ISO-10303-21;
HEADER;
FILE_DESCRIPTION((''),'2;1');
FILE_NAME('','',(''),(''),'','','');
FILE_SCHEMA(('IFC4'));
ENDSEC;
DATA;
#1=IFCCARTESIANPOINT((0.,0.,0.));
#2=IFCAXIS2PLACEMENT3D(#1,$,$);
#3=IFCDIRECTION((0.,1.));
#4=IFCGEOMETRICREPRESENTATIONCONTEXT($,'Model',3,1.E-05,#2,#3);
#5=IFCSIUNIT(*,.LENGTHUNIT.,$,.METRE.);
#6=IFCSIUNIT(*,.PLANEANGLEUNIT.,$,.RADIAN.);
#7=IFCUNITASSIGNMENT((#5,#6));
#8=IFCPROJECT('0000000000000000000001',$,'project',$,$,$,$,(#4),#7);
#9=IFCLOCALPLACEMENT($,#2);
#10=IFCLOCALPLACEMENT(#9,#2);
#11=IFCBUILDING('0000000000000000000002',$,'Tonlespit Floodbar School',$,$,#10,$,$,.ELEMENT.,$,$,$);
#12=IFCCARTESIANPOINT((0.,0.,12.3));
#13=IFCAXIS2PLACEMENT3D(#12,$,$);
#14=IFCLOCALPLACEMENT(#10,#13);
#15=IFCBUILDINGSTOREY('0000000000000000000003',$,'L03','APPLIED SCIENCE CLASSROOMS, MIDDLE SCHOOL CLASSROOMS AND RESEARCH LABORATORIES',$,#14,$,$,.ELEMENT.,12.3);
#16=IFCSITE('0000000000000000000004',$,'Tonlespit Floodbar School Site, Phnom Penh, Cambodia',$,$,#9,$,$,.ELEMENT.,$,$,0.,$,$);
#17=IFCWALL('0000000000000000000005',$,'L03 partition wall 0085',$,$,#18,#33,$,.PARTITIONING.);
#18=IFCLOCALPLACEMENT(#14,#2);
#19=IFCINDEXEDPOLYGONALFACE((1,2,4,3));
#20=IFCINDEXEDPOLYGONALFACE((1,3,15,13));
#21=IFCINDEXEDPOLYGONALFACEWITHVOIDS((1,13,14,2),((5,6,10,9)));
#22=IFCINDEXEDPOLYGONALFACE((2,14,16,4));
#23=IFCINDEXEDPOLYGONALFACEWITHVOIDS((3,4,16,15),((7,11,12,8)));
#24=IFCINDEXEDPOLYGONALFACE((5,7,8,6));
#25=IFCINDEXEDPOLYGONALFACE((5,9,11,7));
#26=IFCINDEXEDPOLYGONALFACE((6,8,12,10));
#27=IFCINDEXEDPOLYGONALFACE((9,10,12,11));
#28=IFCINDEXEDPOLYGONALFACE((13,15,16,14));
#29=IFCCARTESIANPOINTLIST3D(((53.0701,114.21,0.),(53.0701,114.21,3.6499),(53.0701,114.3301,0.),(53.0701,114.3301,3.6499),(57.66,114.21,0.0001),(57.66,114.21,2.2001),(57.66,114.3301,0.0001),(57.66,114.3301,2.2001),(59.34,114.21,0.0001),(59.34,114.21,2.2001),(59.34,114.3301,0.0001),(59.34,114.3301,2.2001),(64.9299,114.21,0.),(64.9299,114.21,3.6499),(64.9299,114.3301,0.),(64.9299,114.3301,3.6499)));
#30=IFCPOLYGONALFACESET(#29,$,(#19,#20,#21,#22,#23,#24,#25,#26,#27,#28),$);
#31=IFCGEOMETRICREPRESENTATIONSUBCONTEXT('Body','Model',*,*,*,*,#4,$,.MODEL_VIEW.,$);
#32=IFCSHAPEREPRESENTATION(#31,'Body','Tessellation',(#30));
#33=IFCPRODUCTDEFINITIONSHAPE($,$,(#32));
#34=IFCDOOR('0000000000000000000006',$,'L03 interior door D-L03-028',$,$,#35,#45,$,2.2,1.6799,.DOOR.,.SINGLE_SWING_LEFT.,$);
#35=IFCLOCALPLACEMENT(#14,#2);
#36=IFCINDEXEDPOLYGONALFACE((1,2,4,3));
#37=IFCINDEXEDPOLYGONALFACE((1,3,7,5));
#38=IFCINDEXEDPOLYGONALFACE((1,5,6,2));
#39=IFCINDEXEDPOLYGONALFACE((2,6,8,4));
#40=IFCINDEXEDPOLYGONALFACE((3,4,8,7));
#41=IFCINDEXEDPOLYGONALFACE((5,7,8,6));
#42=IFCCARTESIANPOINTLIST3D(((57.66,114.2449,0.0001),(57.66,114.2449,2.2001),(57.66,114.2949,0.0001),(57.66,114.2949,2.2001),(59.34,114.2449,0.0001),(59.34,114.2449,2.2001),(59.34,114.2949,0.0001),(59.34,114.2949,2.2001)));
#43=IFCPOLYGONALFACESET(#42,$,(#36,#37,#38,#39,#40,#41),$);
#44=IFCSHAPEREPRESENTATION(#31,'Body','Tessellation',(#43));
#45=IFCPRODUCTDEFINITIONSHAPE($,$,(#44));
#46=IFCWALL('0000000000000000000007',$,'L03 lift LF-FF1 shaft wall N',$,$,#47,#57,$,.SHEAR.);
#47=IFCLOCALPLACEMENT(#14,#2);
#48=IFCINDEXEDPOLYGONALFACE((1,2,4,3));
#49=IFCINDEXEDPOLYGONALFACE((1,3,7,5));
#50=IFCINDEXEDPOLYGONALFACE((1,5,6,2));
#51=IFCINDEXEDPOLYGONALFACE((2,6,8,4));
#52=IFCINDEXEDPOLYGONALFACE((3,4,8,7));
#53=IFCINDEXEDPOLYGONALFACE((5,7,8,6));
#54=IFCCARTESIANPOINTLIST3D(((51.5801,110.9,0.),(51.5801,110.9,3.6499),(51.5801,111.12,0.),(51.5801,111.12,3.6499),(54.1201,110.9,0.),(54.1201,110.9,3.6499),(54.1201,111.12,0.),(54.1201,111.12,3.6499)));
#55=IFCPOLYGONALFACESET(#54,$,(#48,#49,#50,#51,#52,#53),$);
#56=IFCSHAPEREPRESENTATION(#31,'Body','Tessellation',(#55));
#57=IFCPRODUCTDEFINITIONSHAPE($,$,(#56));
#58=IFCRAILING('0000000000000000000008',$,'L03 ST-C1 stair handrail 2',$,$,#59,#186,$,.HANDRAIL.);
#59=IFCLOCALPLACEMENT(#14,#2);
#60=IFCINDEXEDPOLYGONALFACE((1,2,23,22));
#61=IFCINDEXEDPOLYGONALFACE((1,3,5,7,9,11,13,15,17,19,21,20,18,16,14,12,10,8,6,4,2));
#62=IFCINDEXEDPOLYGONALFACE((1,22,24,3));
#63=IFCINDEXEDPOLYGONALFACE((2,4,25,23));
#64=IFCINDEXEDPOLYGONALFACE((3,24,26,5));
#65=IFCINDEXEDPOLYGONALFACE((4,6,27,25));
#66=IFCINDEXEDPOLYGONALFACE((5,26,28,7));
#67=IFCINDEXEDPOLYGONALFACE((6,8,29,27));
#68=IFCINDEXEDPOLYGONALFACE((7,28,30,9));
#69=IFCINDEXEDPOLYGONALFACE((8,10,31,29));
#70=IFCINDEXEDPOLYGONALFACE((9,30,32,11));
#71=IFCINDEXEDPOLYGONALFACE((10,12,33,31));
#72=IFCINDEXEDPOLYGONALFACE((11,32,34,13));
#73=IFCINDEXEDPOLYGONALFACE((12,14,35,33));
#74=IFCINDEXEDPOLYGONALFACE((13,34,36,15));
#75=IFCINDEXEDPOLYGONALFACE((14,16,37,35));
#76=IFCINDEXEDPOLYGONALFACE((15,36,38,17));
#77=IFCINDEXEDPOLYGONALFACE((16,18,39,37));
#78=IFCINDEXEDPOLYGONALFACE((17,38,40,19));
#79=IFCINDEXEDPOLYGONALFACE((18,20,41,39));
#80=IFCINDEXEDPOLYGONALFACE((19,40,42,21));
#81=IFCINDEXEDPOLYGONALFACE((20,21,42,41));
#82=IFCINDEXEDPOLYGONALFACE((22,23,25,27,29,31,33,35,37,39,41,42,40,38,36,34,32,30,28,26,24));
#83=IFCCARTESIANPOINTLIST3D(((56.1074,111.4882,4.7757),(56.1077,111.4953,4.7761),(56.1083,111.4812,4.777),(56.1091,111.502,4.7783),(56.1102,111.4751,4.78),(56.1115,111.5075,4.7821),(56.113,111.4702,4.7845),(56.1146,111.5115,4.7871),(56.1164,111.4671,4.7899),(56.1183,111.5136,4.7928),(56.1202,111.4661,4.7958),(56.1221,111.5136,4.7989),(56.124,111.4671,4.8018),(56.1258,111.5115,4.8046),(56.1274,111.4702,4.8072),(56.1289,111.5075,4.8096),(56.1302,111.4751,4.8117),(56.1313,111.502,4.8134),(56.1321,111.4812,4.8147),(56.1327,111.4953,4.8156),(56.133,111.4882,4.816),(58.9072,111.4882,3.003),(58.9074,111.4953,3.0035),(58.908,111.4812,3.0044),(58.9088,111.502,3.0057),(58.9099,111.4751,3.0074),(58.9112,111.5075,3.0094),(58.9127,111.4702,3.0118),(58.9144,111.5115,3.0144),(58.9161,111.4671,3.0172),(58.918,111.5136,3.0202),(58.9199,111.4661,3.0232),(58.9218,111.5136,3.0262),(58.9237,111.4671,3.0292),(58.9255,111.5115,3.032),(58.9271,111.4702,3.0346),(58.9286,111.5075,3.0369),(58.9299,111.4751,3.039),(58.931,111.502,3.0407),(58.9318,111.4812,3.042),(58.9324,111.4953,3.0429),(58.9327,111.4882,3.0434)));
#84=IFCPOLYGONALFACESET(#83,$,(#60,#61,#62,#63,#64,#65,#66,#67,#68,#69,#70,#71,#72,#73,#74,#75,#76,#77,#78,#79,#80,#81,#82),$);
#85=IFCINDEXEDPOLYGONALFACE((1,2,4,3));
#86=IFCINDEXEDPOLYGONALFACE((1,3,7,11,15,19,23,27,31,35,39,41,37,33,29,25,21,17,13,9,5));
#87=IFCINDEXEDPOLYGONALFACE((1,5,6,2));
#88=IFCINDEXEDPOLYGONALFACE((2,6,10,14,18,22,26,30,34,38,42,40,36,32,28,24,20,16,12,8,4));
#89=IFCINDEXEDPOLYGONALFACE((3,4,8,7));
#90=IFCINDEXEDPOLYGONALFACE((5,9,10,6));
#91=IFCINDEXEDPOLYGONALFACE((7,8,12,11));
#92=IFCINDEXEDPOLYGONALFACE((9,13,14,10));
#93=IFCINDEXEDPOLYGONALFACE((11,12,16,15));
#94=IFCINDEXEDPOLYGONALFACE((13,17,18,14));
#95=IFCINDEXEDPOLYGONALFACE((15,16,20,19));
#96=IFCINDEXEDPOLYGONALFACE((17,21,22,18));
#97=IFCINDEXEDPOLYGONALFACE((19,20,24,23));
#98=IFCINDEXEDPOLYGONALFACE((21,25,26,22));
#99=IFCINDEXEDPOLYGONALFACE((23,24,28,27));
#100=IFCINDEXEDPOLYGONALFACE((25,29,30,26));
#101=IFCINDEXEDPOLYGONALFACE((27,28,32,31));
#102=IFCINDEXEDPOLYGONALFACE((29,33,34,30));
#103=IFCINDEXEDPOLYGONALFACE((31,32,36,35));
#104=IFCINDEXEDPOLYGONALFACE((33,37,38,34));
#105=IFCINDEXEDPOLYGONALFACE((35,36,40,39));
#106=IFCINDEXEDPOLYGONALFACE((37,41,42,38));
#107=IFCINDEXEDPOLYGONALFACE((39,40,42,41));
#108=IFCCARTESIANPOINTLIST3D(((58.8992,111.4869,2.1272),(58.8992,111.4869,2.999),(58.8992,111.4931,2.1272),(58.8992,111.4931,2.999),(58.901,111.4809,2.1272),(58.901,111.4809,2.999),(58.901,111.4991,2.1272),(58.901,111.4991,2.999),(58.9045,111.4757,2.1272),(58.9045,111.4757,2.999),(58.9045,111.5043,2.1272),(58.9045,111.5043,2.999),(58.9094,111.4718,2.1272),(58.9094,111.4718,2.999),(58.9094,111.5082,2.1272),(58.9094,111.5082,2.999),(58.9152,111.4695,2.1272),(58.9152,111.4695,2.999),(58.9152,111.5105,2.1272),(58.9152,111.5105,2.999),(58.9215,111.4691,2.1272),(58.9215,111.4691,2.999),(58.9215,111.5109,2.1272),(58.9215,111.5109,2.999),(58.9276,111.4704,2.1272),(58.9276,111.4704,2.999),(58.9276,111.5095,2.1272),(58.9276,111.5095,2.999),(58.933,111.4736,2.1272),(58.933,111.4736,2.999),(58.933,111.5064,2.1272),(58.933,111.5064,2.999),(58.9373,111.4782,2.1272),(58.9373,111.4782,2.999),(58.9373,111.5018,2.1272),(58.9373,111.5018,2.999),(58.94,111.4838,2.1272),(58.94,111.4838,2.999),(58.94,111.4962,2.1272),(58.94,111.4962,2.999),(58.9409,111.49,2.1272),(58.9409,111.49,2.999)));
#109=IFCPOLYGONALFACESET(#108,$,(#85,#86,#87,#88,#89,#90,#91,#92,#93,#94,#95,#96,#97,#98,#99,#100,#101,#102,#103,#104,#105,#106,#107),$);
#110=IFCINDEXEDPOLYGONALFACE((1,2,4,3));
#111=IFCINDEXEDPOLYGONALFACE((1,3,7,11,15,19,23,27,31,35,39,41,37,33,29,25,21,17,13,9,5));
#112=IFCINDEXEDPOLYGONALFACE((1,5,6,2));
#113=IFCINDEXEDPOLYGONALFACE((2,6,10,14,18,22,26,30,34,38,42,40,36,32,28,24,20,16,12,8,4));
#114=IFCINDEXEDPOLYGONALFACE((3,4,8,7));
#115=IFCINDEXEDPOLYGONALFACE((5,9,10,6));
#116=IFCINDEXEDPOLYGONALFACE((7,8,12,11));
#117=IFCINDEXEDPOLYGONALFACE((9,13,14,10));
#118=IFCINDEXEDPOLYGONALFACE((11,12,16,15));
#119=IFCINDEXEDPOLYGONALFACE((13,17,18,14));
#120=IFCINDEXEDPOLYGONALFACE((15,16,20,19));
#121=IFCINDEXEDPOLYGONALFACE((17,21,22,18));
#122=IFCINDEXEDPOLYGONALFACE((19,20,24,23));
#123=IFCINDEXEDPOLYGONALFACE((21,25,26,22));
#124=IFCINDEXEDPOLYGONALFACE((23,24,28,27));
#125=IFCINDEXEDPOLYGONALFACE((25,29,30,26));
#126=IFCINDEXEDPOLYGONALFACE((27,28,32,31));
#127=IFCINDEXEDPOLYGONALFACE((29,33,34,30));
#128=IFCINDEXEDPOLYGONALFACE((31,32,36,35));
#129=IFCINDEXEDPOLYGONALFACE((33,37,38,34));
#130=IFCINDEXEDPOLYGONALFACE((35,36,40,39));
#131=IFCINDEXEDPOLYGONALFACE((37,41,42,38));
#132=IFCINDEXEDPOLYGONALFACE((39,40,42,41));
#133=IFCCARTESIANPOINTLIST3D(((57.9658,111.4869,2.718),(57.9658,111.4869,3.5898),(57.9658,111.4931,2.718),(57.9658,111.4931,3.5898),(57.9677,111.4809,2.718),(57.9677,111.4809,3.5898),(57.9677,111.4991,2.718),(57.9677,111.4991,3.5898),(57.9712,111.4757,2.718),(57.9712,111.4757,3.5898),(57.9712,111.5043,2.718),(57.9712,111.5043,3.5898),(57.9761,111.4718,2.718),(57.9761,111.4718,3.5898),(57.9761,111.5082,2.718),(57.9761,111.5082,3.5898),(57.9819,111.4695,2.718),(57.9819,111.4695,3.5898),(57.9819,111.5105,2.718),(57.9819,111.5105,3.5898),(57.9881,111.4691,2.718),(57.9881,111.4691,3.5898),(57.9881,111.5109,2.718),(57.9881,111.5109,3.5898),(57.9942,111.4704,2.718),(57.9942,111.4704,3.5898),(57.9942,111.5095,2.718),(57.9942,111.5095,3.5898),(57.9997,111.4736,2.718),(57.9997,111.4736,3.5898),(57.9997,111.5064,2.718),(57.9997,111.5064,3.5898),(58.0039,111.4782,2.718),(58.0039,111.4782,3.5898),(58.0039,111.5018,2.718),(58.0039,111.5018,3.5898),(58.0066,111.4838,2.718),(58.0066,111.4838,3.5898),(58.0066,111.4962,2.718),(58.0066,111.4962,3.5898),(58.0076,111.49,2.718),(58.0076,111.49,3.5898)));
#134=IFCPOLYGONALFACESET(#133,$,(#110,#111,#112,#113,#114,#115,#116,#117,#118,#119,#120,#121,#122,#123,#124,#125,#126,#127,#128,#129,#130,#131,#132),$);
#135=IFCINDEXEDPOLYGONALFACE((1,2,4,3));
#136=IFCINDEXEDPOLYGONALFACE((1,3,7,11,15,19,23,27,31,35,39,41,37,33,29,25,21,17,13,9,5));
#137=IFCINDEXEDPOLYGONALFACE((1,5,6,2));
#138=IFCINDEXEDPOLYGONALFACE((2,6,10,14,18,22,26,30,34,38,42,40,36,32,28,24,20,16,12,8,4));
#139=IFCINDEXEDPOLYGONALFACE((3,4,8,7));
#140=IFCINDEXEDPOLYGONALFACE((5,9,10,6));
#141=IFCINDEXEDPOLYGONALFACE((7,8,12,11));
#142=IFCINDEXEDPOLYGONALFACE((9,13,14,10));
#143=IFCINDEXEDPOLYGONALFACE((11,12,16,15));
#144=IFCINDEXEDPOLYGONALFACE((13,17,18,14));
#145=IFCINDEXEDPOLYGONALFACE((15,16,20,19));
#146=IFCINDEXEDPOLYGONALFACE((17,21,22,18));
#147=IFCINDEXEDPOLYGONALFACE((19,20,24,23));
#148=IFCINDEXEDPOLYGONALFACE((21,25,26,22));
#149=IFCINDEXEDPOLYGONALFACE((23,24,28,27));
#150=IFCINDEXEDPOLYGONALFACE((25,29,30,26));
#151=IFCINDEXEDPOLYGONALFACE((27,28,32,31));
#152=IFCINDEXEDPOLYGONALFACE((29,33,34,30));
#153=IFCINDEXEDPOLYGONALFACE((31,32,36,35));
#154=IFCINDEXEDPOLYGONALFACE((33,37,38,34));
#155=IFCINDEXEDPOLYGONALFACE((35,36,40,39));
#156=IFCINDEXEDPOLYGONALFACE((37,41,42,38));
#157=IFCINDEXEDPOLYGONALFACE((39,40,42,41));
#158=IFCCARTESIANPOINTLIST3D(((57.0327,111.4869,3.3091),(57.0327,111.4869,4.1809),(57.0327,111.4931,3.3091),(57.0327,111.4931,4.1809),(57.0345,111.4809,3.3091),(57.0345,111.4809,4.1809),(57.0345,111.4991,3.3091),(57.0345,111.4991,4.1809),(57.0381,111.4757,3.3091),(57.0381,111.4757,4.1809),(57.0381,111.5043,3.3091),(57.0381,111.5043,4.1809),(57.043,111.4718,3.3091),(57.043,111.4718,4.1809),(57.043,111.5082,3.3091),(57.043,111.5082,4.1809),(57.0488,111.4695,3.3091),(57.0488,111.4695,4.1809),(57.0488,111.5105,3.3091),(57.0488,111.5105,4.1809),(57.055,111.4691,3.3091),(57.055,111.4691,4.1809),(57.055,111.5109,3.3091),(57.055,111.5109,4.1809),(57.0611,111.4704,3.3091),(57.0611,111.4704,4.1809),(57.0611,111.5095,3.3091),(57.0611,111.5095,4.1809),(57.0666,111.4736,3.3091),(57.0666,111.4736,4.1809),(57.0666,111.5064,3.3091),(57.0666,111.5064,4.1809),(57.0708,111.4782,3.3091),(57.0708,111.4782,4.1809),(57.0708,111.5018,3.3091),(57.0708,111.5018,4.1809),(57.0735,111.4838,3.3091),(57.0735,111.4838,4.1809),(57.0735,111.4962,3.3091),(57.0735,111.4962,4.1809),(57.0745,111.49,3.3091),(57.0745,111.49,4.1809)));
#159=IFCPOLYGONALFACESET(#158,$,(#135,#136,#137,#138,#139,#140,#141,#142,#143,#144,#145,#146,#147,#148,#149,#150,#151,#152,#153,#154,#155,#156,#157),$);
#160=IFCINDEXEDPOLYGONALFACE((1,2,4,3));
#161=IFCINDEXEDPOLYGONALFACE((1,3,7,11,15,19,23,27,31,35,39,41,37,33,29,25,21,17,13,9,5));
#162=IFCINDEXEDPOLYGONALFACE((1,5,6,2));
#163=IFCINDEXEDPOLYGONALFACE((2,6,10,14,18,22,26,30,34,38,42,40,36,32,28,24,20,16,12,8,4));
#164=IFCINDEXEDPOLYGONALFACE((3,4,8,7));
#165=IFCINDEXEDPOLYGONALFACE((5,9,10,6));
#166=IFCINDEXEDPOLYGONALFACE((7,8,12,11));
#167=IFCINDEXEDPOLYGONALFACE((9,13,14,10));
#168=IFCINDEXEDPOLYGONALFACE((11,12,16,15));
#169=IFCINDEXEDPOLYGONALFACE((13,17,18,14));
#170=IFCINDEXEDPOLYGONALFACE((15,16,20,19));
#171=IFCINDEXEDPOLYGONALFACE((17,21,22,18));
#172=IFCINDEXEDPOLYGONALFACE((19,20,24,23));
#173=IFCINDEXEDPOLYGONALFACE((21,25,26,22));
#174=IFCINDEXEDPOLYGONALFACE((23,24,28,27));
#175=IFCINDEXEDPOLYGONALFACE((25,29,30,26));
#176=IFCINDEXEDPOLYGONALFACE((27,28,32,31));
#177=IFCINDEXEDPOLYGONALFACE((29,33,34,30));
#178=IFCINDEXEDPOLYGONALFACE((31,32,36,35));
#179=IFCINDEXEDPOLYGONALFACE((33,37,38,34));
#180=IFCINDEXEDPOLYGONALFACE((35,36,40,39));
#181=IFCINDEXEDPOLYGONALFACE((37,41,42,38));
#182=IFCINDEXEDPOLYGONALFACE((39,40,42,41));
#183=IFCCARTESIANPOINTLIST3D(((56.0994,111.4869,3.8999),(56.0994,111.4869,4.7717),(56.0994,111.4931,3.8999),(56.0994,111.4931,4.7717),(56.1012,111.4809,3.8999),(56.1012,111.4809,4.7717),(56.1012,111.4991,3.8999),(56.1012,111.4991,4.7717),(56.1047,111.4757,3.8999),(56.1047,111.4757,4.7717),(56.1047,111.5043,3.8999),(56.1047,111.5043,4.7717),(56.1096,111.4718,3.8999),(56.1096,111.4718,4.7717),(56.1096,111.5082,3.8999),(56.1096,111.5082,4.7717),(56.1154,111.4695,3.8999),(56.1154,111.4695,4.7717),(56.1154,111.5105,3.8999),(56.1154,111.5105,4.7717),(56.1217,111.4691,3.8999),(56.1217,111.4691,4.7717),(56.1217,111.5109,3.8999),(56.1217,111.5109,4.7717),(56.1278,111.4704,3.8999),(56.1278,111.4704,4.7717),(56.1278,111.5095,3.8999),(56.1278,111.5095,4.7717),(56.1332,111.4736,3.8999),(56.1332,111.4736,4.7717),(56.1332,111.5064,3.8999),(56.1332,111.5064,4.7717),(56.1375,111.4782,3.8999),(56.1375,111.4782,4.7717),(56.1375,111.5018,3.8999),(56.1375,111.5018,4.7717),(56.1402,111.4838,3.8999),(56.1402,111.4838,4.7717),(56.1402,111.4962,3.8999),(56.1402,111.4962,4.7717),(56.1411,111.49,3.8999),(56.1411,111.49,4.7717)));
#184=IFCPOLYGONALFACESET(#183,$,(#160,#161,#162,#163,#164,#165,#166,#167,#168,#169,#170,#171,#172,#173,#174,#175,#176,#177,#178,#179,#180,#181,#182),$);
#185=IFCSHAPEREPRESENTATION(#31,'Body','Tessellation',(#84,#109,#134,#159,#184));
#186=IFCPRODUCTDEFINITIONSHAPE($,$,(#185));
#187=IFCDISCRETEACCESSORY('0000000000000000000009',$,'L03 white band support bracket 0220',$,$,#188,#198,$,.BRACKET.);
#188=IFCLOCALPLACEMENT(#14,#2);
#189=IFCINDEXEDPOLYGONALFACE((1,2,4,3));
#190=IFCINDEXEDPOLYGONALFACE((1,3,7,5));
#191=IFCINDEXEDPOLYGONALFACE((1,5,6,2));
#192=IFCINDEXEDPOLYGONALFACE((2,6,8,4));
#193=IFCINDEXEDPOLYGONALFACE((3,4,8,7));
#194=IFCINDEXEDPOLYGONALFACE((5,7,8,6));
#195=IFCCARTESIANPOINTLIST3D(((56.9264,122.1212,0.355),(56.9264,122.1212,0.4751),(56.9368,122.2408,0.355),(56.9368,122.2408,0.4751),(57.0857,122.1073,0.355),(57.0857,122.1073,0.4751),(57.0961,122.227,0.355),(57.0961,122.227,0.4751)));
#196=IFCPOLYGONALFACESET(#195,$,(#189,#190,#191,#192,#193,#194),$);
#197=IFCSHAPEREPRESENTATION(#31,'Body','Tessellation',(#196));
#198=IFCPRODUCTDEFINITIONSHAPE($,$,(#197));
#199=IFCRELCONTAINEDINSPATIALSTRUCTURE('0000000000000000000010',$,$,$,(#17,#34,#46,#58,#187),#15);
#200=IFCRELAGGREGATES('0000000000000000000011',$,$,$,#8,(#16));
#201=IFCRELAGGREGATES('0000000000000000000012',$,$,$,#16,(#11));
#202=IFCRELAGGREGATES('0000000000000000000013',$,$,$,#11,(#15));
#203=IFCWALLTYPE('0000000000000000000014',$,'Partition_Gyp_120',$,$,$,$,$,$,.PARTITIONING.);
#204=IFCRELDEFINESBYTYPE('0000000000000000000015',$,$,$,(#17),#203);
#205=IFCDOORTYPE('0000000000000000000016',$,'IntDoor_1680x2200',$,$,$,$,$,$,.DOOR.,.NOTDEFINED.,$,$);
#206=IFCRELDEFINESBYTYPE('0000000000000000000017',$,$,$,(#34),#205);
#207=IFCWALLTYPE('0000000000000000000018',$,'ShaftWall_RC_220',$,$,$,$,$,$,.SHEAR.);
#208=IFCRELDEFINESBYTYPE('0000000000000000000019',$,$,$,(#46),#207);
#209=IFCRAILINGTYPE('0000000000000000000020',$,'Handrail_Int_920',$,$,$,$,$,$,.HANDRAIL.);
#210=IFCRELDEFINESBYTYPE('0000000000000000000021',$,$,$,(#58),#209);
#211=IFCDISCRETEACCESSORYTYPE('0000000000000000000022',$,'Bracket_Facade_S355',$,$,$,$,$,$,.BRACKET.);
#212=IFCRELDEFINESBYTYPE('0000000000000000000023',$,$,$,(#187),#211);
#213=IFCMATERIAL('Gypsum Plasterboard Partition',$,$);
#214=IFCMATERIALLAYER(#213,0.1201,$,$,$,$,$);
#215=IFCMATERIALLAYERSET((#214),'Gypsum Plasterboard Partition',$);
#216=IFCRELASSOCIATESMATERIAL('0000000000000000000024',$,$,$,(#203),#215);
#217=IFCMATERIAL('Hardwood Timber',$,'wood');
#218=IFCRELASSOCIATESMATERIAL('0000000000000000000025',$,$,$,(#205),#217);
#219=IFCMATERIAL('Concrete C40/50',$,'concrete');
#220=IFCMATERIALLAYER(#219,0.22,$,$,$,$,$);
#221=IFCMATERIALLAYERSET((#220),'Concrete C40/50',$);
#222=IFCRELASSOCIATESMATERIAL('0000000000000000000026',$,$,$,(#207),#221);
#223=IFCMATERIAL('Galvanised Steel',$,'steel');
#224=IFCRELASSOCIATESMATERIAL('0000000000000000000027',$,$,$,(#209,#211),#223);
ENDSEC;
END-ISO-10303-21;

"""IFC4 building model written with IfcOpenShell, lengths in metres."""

from ifc_helpers import new_model, si_unit, direction, frame, frame_2d, origin, origin_2d, place, context, subcontext, project, spatial, rectangle, circle, extrude, material, layer, layer_set, type_object, element, fill, save


model = new_model("IFC4")

# Units and contexts
model_context = context("Model", 3, precision=1e-05, world=origin(), true_north=direction((0.0, 1.0)))
body_context = subcontext(model_context, "Body", "Model", "MODEL_VIEW")
ifc_project = project(units=[si_unit("LENGTHUNIT", "METRE"), si_unit("PLANEANGLEUNIT", "RADIAN")], contexts=[model_context])

# Site, building, storey
site_placement = place(None, origin())
site = spatial("IfcSite", under=ifc_project, at=site_placement, Name="Tonlespit Floodbar School Site, Phnom Penh, Cambodia", CompositionType="ELEMENT", RefElevation=0.0)
building_placement = place(site_placement, origin())
building = spatial("IfcBuilding", under=site, at=building_placement, Name="Tonlespit Floodbar School", CompositionType="ELEMENT")
storey_placement = place(building_placement, frame((0.0, 0.0, 12.3)))
storey = spatial("IfcBuildingStorey", under=building, at=storey_placement, Name="L03", Description="APPLIED SCIENCE CLASSROOMS, MIDDLE SCHOOL CLASSROOMS AND RESEARCH LABORATORIES", CompositionType="ELEMENT", Elevation=12.3)

# Shared definitions
ifc_material_1 = material(Name="Gypsum Plasterboard Partition")

# Wall, opening, door
ifc_layer_1 = layer(ifc_material_1, 0.1201)
ifc_layer_set_1 = layer_set([ifc_layer_1], Name="Gypsum Plasterboard Partition")
wall_type_1 = type_object("IfcWallType", Name="Partition_Gyp_120", PredefinedType="PARTITIONING", material=ifc_layer_set_1)
wall_1_placement = place(storey_placement, frame((53.0701, 114.27, 0.0), z_axis=(0.0, 0.0, 1.0), x_axis=(1.0, 0.0, 0.0)))
wall_1 = element("IfcWall", 1, at=wall_1_placement, inside=storey, type_object=wall_type_1, Name="L03 partition wall 0085", PredefinedType="PARTITIONING", context=body_context, shape_type="SweptSolid", body=[
    extrude(rectangle(XDim=11.8599, YDim=0.1201, at=frame_2d((5.9299, 0.0))), origin(), (0.0, 0.0, 1.0), 3.6499),
])
opening_placement = place(wall_1_placement, frame((4.5901, 0.0, 0.0)))
opening = element("IfcOpeningElement", 2, at=opening_placement, cuts=wall_1, PredefinedType="OPENING", context=body_context, shape_type="SweptSolid", body=[
    extrude(rectangle(XDim=1.6799, YDim=2.2, at=frame_2d((0.8398, 1.1001))), frame((0.0, 0.0701, 0.0), z_axis=(0.0, -1.0, 0.0), x_axis=(1.0, 0.0, 0.0)), (0.0, 0.0, 1.0), 0.1401),
])
ifc_material_2 = material(Name="Hardwood Timber", Category="wood")
door_type = type_object("IfcDoorType", Name="IntDoor_1680x2200", OperationType="NOTDEFINED", PredefinedType="DOOR", material=ifc_material_2)
door_placement = place(opening_placement, origin())
door = element("IfcDoor", 3, at=door_placement, inside=storey, type_object=door_type, Name="L03 interior door D-L03-028", OperationType="SINGLE_SWING_LEFT", OverallHeight=2.2, OverallWidth=1.6799, PredefinedType="DOOR", context=body_context, shape_type="SweptSolid", body=[
    extrude(rectangle(XDim=1.6799, YDim=2.2, at=frame_2d((0.8398, 1.1001))), frame((0.0, 0.0249, 0.0), z_axis=(0.0, -1.0, 0.0), x_axis=(1.0, 0.0, 0.0)), (0.0, 0.0, 1.0), 0.05),
])
fill(opening, door)

# Wall
ifc_material_3 = material(Name="Concrete C40/50", Category="concrete")
ifc_layer_2 = layer(ifc_material_3, 0.22)
ifc_layer_set_2 = layer_set([ifc_layer_2], Name="Concrete C40/50")
wall_type_2 = type_object("IfcWallType", Name="ShaftWall_RC_220", PredefinedType="SHEAR", material=ifc_layer_set_2)
wall_2_placement = place(storey_placement, frame((51.5801, 111.01, 0.0), z_axis=(0.0, 0.0, 1.0), x_axis=(1.0, 0.0, 0.0)))
element("IfcWall", 4, at=wall_2_placement, inside=storey, type_object=wall_type_2, Name="L03 lift LF-FF1 shaft wall N", PredefinedType="SHEAR", context=body_context, shape_type="SweptSolid", body=[
    extrude(rectangle(XDim=2.54, YDim=0.22, at=frame_2d((1.27, 0.0))), origin(), (0.0, 0.0, 1.0), 3.6499),
])

# Railing
ifc_material_4 = material(Name="Galvanised Steel", Category="steel")
railing_type = type_object("IfcRailingType", Name="Handrail_Int_920", PredefinedType="HANDRAIL", material=ifc_material_4)
railing_placement = place(storey_placement, frame((58.9199, 111.49, 2.1272)))
element("IfcRailing", 5, at=railing_placement, inside=storey, type_object=railing_type, Name="L03 ST-C1 stair handrail 2", PredefinedType="HANDRAIL", context=body_context, shape_type="SweptSolid", body=[
    extrude(circle(Radius=0.0239, at=origin_2d()), frame((0.0, 0.0, 0.896), z_axis=(-0.844888, 0.0, 0.534943), x_axis=(0.0, -1.0, 0.0)), (0.0, 0.0, 1.0), 3.3137),
    extrude(circle(Radius=0.021, at=origin_2d()), origin(), (0.0, 0.0, 1.0), 0.8718),
    extrude(circle(Radius=0.021, at=origin_2d()), frame((-0.9333, 0.0, 0.5908)), (0.0, 0.0, 1.0), 0.8718),
    extrude(circle(Radius=0.021, at=origin_2d()), frame((-1.8665, 0.0, 1.1819)), (0.0, 0.0, 1.0), 0.8718),
    extrude(circle(Radius=0.021, at=origin_2d()), frame((-2.7998, 0.0, 1.7727)), (0.0, 0.0, 1.0), 0.8718),
])

# Discrete accessory
discrete_accessory_type = type_object("IfcDiscreteAccessoryType", Name="Bracket_Facade_S355", PredefinedType="BRACKET", material=ifc_material_4)
discrete_accessory_1_placement = place(storey_placement, frame((57.0112, 122.1741, 0.355), z_axis=(0.0, 0.0, 1.0), x_axis=(0.996245, -0.086573, 0.0)))
element("IfcDiscreteAccessory", 6, at=discrete_accessory_1_placement, inside=storey, type_object=discrete_accessory_type, Name="L03 white band support bracket 0220", PredefinedType="BRACKET", context=body_context, shape_type="SweptSolid", body=[
    extrude(rectangle(XDim=0.1599, YDim=0.1201, at=origin_2d()), origin(), (0.0, 0.0, 1.0), 0.1201),
])

save(model, "model.ifc")
